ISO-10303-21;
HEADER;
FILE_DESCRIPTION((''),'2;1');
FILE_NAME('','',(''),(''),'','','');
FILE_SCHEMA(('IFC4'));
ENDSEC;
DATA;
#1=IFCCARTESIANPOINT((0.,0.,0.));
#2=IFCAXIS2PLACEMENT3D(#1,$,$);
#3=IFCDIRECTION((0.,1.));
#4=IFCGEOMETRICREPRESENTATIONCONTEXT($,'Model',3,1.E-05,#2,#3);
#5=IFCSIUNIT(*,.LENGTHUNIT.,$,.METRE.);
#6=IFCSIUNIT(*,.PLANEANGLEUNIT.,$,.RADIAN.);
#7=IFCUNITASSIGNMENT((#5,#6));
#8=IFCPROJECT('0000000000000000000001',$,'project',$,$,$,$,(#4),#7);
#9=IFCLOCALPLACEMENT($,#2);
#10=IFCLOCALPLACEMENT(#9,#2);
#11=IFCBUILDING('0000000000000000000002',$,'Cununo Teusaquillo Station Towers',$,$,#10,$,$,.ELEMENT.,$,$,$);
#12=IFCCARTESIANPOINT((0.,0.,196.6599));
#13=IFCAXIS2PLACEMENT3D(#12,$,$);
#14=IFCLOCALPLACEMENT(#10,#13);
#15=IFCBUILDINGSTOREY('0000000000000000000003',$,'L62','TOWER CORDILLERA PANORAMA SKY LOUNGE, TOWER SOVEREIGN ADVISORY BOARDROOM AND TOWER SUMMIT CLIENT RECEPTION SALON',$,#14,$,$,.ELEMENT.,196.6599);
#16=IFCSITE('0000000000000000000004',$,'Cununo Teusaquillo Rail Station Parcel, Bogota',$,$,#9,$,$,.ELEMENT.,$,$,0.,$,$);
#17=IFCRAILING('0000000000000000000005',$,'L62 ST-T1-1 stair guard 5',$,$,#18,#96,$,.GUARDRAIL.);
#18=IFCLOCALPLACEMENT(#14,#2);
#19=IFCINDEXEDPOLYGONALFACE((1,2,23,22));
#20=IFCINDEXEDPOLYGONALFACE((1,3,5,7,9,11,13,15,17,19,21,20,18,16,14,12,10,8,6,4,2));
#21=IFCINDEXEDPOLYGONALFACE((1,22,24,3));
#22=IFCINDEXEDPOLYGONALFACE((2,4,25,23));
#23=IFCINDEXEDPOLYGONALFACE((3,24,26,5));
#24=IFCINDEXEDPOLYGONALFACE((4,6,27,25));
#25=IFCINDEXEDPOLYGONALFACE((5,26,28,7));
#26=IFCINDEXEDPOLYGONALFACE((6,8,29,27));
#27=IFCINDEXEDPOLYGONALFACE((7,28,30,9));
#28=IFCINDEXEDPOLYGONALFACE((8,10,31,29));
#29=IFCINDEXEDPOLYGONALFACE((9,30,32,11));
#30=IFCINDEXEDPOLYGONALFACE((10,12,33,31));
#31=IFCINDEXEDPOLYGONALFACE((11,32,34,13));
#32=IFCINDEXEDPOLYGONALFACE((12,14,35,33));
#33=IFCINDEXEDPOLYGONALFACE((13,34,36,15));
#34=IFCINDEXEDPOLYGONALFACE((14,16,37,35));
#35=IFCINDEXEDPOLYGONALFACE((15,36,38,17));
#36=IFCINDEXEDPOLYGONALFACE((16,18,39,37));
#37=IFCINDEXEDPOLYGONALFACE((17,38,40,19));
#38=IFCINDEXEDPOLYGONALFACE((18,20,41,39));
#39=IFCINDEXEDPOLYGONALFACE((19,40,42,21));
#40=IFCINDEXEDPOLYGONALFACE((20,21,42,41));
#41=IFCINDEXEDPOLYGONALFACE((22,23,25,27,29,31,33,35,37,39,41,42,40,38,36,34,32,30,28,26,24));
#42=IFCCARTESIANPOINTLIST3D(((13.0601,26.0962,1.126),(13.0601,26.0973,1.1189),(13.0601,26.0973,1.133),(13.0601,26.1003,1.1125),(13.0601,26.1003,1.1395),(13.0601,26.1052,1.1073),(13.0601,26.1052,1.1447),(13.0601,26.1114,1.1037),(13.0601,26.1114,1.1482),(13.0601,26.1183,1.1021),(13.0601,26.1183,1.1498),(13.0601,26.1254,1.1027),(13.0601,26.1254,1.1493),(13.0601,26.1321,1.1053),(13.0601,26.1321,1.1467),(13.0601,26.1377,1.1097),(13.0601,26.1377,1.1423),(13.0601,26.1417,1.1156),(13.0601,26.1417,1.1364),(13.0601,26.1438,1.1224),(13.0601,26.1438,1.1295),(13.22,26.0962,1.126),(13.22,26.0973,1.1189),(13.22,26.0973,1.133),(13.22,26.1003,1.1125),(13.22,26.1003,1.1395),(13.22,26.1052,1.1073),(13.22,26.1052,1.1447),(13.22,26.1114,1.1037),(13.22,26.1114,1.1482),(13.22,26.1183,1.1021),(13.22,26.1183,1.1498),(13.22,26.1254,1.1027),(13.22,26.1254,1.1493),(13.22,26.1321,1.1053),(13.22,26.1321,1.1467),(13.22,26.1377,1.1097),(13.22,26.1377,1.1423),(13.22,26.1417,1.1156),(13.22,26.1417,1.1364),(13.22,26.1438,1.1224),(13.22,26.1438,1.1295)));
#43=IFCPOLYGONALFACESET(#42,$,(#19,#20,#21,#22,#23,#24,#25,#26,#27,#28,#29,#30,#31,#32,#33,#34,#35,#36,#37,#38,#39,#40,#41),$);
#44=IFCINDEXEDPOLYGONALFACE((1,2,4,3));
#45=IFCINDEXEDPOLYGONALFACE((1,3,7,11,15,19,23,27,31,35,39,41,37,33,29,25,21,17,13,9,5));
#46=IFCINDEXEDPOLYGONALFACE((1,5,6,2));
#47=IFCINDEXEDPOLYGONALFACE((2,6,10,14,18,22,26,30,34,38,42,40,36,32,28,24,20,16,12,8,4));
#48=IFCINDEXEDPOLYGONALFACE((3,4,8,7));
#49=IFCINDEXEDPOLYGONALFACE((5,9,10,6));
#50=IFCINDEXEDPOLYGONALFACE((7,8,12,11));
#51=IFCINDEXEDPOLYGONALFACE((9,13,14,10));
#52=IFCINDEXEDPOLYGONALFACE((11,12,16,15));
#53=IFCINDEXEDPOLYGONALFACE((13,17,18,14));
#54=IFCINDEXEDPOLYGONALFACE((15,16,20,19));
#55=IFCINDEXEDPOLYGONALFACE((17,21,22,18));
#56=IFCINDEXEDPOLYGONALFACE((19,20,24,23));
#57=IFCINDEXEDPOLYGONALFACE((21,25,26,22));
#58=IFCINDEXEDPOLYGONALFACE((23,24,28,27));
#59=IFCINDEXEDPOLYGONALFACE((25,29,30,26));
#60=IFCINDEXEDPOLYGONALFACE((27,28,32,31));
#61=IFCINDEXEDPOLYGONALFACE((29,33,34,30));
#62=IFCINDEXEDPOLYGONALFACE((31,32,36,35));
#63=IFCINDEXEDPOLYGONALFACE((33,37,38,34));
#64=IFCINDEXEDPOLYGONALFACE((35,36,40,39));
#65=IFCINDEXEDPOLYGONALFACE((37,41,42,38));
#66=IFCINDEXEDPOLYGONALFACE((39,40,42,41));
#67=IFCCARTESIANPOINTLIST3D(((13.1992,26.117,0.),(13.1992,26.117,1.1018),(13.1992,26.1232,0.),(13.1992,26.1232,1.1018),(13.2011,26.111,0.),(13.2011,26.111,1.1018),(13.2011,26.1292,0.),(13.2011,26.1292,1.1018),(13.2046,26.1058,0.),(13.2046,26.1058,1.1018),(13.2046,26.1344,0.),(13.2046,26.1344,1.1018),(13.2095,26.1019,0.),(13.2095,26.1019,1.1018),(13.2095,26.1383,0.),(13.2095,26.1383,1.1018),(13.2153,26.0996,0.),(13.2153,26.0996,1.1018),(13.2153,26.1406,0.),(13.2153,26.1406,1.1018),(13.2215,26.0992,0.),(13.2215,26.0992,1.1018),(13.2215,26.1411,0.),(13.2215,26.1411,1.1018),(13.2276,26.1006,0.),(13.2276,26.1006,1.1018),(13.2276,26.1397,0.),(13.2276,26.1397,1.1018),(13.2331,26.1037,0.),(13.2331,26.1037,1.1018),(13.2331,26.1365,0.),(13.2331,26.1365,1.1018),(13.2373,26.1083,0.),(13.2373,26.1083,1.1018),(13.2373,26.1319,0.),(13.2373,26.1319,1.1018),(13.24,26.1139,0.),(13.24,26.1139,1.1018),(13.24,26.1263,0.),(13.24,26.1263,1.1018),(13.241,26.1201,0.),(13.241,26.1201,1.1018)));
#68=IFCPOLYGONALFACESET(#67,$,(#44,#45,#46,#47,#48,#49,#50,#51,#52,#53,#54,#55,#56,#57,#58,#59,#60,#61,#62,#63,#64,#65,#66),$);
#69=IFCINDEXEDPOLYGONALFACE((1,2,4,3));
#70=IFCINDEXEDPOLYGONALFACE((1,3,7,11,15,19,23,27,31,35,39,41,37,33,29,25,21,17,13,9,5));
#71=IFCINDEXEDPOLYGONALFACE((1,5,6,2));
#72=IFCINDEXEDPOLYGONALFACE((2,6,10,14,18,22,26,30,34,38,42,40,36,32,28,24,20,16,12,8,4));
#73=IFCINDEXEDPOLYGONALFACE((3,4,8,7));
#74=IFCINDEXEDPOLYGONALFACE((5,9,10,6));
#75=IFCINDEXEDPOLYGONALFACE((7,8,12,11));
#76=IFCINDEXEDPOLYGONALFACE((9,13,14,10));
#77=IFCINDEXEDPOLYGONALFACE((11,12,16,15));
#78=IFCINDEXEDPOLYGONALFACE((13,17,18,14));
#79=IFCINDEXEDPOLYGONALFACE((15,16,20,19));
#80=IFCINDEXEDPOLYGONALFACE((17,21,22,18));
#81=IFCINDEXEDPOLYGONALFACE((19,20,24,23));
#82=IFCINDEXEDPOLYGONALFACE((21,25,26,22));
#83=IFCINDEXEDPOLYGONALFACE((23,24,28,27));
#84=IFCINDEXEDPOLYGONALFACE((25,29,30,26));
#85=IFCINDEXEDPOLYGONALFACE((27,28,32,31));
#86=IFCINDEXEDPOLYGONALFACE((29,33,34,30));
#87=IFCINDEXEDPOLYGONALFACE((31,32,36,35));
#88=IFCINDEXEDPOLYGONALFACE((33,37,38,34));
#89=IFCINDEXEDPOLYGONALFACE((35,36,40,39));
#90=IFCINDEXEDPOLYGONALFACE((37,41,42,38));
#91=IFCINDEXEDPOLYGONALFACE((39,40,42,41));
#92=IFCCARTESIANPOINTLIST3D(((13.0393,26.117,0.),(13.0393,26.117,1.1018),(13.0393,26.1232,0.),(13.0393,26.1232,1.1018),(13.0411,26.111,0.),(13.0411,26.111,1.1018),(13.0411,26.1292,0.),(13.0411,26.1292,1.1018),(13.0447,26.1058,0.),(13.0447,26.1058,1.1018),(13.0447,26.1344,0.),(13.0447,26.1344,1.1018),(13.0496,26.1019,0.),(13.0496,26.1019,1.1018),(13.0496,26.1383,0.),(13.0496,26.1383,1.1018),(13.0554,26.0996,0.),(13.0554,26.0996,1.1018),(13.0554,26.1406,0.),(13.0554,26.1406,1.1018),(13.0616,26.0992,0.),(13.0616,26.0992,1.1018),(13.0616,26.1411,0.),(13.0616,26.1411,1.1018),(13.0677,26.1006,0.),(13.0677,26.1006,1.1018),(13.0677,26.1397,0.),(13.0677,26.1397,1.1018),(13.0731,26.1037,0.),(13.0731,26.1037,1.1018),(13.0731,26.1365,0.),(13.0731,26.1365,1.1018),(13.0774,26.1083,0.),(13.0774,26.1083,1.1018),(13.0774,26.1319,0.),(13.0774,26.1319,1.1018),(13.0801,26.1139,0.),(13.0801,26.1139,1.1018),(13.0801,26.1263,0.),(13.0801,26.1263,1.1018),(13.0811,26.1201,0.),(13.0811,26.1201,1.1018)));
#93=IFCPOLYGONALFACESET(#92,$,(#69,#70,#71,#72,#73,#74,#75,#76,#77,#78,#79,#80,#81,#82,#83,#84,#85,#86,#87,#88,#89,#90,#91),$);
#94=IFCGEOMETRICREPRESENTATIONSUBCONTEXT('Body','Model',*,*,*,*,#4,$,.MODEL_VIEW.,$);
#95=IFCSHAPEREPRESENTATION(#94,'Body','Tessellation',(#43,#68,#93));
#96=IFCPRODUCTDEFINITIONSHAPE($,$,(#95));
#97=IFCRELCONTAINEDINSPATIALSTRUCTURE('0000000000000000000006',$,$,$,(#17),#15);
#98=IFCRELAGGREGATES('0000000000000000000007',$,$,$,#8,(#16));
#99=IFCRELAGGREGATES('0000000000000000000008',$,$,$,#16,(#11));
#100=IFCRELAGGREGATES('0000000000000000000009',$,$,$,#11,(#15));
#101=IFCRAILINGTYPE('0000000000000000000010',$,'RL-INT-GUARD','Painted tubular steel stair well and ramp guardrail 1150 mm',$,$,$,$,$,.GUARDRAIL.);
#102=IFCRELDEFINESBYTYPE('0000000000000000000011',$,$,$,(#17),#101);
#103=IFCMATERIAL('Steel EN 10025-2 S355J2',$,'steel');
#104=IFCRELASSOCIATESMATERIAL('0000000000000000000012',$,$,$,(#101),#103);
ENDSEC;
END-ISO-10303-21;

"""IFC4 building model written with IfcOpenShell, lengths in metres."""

from ifc_helpers import new_model, si_unit, direction, frame, origin, origin_2d, place, context, subcontext, project, spatial, circle, extrude, material, type_object, element, save


model = new_model("IFC4")

# Units and contexts
model_context = context("Model", 3, precision=1e-05, world=origin(), true_north=direction((0.0, 1.0)))
body_context = subcontext(model_context, "Body", "Model", "MODEL_VIEW")
ifc_project = project(units=[si_unit("LENGTHUNIT", "METRE"), si_unit("PLANEANGLEUNIT", "RADIAN")], contexts=[model_context])

# Site, building, storey
site_placement = place(None, origin())
site = spatial("IfcSite", under=ifc_project, at=site_placement, Name="Cununo Teusaquillo Rail Station Parcel, Bogota", CompositionType="ELEMENT", RefElevation=0.0)
building_placement = place(site_placement, origin())
building = spatial("IfcBuilding", under=site, at=building_placement, Name="Cununo Teusaquillo Station Towers", CompositionType="ELEMENT")
storey_placement = place(building_placement, frame((0.0, 0.0, 196.6599)))
storey = spatial("IfcBuildingStorey", under=building, at=storey_placement, Name="L62", Description="TOWER CORDILLERA PANORAMA SKY LOUNGE, TOWER SOVEREIGN ADVISORY BOARDROOM AND TOWER SUMMIT CLIENT RECEPTION SALON", CompositionType="ELEMENT", Elevation=196.6599)

# Railing
ifc_material_1 = material(Name="Steel EN 10025-2 S355J2", Category="steel")
railing_type_1 = type_object("IfcRailingType", Name="RL-INT-GUARD", Description="Painted tubular steel stair well and ramp guardrail 1150 mm", PredefinedType="GUARDRAIL", material=ifc_material_1)
railing_1_placement = place(storey_placement, frame((13.22, 26.1201, 0.0)))
element("IfcRailing", 1, at=railing_1_placement, inside=storey, type_object=railing_type_1, Name="L62 ST-T1-1 stair guard 5", PredefinedType="GUARDRAIL", context=body_context, shape_type="SweptSolid", body=[
    extrude(circle(Radius=0.0239, at=origin_2d()), frame((0.0, 0.0, 1.126), z_axis=(-1.0, 0.0, 0.0), x_axis=(0.0, -1.0, 0.0)), (0.0, 0.0, 1.0), 0.1599),
    extrude(circle(Radius=0.021, at=origin_2d()), origin(), (0.0, 0.0, 1.0), 1.1018),
    extrude(circle(Radius=0.021, at=origin_2d()), frame((-0.1599, 0.0, 0.0)), (0.0, 0.0, 1.0), 1.1018),
])

save(model, "model.ifc")
